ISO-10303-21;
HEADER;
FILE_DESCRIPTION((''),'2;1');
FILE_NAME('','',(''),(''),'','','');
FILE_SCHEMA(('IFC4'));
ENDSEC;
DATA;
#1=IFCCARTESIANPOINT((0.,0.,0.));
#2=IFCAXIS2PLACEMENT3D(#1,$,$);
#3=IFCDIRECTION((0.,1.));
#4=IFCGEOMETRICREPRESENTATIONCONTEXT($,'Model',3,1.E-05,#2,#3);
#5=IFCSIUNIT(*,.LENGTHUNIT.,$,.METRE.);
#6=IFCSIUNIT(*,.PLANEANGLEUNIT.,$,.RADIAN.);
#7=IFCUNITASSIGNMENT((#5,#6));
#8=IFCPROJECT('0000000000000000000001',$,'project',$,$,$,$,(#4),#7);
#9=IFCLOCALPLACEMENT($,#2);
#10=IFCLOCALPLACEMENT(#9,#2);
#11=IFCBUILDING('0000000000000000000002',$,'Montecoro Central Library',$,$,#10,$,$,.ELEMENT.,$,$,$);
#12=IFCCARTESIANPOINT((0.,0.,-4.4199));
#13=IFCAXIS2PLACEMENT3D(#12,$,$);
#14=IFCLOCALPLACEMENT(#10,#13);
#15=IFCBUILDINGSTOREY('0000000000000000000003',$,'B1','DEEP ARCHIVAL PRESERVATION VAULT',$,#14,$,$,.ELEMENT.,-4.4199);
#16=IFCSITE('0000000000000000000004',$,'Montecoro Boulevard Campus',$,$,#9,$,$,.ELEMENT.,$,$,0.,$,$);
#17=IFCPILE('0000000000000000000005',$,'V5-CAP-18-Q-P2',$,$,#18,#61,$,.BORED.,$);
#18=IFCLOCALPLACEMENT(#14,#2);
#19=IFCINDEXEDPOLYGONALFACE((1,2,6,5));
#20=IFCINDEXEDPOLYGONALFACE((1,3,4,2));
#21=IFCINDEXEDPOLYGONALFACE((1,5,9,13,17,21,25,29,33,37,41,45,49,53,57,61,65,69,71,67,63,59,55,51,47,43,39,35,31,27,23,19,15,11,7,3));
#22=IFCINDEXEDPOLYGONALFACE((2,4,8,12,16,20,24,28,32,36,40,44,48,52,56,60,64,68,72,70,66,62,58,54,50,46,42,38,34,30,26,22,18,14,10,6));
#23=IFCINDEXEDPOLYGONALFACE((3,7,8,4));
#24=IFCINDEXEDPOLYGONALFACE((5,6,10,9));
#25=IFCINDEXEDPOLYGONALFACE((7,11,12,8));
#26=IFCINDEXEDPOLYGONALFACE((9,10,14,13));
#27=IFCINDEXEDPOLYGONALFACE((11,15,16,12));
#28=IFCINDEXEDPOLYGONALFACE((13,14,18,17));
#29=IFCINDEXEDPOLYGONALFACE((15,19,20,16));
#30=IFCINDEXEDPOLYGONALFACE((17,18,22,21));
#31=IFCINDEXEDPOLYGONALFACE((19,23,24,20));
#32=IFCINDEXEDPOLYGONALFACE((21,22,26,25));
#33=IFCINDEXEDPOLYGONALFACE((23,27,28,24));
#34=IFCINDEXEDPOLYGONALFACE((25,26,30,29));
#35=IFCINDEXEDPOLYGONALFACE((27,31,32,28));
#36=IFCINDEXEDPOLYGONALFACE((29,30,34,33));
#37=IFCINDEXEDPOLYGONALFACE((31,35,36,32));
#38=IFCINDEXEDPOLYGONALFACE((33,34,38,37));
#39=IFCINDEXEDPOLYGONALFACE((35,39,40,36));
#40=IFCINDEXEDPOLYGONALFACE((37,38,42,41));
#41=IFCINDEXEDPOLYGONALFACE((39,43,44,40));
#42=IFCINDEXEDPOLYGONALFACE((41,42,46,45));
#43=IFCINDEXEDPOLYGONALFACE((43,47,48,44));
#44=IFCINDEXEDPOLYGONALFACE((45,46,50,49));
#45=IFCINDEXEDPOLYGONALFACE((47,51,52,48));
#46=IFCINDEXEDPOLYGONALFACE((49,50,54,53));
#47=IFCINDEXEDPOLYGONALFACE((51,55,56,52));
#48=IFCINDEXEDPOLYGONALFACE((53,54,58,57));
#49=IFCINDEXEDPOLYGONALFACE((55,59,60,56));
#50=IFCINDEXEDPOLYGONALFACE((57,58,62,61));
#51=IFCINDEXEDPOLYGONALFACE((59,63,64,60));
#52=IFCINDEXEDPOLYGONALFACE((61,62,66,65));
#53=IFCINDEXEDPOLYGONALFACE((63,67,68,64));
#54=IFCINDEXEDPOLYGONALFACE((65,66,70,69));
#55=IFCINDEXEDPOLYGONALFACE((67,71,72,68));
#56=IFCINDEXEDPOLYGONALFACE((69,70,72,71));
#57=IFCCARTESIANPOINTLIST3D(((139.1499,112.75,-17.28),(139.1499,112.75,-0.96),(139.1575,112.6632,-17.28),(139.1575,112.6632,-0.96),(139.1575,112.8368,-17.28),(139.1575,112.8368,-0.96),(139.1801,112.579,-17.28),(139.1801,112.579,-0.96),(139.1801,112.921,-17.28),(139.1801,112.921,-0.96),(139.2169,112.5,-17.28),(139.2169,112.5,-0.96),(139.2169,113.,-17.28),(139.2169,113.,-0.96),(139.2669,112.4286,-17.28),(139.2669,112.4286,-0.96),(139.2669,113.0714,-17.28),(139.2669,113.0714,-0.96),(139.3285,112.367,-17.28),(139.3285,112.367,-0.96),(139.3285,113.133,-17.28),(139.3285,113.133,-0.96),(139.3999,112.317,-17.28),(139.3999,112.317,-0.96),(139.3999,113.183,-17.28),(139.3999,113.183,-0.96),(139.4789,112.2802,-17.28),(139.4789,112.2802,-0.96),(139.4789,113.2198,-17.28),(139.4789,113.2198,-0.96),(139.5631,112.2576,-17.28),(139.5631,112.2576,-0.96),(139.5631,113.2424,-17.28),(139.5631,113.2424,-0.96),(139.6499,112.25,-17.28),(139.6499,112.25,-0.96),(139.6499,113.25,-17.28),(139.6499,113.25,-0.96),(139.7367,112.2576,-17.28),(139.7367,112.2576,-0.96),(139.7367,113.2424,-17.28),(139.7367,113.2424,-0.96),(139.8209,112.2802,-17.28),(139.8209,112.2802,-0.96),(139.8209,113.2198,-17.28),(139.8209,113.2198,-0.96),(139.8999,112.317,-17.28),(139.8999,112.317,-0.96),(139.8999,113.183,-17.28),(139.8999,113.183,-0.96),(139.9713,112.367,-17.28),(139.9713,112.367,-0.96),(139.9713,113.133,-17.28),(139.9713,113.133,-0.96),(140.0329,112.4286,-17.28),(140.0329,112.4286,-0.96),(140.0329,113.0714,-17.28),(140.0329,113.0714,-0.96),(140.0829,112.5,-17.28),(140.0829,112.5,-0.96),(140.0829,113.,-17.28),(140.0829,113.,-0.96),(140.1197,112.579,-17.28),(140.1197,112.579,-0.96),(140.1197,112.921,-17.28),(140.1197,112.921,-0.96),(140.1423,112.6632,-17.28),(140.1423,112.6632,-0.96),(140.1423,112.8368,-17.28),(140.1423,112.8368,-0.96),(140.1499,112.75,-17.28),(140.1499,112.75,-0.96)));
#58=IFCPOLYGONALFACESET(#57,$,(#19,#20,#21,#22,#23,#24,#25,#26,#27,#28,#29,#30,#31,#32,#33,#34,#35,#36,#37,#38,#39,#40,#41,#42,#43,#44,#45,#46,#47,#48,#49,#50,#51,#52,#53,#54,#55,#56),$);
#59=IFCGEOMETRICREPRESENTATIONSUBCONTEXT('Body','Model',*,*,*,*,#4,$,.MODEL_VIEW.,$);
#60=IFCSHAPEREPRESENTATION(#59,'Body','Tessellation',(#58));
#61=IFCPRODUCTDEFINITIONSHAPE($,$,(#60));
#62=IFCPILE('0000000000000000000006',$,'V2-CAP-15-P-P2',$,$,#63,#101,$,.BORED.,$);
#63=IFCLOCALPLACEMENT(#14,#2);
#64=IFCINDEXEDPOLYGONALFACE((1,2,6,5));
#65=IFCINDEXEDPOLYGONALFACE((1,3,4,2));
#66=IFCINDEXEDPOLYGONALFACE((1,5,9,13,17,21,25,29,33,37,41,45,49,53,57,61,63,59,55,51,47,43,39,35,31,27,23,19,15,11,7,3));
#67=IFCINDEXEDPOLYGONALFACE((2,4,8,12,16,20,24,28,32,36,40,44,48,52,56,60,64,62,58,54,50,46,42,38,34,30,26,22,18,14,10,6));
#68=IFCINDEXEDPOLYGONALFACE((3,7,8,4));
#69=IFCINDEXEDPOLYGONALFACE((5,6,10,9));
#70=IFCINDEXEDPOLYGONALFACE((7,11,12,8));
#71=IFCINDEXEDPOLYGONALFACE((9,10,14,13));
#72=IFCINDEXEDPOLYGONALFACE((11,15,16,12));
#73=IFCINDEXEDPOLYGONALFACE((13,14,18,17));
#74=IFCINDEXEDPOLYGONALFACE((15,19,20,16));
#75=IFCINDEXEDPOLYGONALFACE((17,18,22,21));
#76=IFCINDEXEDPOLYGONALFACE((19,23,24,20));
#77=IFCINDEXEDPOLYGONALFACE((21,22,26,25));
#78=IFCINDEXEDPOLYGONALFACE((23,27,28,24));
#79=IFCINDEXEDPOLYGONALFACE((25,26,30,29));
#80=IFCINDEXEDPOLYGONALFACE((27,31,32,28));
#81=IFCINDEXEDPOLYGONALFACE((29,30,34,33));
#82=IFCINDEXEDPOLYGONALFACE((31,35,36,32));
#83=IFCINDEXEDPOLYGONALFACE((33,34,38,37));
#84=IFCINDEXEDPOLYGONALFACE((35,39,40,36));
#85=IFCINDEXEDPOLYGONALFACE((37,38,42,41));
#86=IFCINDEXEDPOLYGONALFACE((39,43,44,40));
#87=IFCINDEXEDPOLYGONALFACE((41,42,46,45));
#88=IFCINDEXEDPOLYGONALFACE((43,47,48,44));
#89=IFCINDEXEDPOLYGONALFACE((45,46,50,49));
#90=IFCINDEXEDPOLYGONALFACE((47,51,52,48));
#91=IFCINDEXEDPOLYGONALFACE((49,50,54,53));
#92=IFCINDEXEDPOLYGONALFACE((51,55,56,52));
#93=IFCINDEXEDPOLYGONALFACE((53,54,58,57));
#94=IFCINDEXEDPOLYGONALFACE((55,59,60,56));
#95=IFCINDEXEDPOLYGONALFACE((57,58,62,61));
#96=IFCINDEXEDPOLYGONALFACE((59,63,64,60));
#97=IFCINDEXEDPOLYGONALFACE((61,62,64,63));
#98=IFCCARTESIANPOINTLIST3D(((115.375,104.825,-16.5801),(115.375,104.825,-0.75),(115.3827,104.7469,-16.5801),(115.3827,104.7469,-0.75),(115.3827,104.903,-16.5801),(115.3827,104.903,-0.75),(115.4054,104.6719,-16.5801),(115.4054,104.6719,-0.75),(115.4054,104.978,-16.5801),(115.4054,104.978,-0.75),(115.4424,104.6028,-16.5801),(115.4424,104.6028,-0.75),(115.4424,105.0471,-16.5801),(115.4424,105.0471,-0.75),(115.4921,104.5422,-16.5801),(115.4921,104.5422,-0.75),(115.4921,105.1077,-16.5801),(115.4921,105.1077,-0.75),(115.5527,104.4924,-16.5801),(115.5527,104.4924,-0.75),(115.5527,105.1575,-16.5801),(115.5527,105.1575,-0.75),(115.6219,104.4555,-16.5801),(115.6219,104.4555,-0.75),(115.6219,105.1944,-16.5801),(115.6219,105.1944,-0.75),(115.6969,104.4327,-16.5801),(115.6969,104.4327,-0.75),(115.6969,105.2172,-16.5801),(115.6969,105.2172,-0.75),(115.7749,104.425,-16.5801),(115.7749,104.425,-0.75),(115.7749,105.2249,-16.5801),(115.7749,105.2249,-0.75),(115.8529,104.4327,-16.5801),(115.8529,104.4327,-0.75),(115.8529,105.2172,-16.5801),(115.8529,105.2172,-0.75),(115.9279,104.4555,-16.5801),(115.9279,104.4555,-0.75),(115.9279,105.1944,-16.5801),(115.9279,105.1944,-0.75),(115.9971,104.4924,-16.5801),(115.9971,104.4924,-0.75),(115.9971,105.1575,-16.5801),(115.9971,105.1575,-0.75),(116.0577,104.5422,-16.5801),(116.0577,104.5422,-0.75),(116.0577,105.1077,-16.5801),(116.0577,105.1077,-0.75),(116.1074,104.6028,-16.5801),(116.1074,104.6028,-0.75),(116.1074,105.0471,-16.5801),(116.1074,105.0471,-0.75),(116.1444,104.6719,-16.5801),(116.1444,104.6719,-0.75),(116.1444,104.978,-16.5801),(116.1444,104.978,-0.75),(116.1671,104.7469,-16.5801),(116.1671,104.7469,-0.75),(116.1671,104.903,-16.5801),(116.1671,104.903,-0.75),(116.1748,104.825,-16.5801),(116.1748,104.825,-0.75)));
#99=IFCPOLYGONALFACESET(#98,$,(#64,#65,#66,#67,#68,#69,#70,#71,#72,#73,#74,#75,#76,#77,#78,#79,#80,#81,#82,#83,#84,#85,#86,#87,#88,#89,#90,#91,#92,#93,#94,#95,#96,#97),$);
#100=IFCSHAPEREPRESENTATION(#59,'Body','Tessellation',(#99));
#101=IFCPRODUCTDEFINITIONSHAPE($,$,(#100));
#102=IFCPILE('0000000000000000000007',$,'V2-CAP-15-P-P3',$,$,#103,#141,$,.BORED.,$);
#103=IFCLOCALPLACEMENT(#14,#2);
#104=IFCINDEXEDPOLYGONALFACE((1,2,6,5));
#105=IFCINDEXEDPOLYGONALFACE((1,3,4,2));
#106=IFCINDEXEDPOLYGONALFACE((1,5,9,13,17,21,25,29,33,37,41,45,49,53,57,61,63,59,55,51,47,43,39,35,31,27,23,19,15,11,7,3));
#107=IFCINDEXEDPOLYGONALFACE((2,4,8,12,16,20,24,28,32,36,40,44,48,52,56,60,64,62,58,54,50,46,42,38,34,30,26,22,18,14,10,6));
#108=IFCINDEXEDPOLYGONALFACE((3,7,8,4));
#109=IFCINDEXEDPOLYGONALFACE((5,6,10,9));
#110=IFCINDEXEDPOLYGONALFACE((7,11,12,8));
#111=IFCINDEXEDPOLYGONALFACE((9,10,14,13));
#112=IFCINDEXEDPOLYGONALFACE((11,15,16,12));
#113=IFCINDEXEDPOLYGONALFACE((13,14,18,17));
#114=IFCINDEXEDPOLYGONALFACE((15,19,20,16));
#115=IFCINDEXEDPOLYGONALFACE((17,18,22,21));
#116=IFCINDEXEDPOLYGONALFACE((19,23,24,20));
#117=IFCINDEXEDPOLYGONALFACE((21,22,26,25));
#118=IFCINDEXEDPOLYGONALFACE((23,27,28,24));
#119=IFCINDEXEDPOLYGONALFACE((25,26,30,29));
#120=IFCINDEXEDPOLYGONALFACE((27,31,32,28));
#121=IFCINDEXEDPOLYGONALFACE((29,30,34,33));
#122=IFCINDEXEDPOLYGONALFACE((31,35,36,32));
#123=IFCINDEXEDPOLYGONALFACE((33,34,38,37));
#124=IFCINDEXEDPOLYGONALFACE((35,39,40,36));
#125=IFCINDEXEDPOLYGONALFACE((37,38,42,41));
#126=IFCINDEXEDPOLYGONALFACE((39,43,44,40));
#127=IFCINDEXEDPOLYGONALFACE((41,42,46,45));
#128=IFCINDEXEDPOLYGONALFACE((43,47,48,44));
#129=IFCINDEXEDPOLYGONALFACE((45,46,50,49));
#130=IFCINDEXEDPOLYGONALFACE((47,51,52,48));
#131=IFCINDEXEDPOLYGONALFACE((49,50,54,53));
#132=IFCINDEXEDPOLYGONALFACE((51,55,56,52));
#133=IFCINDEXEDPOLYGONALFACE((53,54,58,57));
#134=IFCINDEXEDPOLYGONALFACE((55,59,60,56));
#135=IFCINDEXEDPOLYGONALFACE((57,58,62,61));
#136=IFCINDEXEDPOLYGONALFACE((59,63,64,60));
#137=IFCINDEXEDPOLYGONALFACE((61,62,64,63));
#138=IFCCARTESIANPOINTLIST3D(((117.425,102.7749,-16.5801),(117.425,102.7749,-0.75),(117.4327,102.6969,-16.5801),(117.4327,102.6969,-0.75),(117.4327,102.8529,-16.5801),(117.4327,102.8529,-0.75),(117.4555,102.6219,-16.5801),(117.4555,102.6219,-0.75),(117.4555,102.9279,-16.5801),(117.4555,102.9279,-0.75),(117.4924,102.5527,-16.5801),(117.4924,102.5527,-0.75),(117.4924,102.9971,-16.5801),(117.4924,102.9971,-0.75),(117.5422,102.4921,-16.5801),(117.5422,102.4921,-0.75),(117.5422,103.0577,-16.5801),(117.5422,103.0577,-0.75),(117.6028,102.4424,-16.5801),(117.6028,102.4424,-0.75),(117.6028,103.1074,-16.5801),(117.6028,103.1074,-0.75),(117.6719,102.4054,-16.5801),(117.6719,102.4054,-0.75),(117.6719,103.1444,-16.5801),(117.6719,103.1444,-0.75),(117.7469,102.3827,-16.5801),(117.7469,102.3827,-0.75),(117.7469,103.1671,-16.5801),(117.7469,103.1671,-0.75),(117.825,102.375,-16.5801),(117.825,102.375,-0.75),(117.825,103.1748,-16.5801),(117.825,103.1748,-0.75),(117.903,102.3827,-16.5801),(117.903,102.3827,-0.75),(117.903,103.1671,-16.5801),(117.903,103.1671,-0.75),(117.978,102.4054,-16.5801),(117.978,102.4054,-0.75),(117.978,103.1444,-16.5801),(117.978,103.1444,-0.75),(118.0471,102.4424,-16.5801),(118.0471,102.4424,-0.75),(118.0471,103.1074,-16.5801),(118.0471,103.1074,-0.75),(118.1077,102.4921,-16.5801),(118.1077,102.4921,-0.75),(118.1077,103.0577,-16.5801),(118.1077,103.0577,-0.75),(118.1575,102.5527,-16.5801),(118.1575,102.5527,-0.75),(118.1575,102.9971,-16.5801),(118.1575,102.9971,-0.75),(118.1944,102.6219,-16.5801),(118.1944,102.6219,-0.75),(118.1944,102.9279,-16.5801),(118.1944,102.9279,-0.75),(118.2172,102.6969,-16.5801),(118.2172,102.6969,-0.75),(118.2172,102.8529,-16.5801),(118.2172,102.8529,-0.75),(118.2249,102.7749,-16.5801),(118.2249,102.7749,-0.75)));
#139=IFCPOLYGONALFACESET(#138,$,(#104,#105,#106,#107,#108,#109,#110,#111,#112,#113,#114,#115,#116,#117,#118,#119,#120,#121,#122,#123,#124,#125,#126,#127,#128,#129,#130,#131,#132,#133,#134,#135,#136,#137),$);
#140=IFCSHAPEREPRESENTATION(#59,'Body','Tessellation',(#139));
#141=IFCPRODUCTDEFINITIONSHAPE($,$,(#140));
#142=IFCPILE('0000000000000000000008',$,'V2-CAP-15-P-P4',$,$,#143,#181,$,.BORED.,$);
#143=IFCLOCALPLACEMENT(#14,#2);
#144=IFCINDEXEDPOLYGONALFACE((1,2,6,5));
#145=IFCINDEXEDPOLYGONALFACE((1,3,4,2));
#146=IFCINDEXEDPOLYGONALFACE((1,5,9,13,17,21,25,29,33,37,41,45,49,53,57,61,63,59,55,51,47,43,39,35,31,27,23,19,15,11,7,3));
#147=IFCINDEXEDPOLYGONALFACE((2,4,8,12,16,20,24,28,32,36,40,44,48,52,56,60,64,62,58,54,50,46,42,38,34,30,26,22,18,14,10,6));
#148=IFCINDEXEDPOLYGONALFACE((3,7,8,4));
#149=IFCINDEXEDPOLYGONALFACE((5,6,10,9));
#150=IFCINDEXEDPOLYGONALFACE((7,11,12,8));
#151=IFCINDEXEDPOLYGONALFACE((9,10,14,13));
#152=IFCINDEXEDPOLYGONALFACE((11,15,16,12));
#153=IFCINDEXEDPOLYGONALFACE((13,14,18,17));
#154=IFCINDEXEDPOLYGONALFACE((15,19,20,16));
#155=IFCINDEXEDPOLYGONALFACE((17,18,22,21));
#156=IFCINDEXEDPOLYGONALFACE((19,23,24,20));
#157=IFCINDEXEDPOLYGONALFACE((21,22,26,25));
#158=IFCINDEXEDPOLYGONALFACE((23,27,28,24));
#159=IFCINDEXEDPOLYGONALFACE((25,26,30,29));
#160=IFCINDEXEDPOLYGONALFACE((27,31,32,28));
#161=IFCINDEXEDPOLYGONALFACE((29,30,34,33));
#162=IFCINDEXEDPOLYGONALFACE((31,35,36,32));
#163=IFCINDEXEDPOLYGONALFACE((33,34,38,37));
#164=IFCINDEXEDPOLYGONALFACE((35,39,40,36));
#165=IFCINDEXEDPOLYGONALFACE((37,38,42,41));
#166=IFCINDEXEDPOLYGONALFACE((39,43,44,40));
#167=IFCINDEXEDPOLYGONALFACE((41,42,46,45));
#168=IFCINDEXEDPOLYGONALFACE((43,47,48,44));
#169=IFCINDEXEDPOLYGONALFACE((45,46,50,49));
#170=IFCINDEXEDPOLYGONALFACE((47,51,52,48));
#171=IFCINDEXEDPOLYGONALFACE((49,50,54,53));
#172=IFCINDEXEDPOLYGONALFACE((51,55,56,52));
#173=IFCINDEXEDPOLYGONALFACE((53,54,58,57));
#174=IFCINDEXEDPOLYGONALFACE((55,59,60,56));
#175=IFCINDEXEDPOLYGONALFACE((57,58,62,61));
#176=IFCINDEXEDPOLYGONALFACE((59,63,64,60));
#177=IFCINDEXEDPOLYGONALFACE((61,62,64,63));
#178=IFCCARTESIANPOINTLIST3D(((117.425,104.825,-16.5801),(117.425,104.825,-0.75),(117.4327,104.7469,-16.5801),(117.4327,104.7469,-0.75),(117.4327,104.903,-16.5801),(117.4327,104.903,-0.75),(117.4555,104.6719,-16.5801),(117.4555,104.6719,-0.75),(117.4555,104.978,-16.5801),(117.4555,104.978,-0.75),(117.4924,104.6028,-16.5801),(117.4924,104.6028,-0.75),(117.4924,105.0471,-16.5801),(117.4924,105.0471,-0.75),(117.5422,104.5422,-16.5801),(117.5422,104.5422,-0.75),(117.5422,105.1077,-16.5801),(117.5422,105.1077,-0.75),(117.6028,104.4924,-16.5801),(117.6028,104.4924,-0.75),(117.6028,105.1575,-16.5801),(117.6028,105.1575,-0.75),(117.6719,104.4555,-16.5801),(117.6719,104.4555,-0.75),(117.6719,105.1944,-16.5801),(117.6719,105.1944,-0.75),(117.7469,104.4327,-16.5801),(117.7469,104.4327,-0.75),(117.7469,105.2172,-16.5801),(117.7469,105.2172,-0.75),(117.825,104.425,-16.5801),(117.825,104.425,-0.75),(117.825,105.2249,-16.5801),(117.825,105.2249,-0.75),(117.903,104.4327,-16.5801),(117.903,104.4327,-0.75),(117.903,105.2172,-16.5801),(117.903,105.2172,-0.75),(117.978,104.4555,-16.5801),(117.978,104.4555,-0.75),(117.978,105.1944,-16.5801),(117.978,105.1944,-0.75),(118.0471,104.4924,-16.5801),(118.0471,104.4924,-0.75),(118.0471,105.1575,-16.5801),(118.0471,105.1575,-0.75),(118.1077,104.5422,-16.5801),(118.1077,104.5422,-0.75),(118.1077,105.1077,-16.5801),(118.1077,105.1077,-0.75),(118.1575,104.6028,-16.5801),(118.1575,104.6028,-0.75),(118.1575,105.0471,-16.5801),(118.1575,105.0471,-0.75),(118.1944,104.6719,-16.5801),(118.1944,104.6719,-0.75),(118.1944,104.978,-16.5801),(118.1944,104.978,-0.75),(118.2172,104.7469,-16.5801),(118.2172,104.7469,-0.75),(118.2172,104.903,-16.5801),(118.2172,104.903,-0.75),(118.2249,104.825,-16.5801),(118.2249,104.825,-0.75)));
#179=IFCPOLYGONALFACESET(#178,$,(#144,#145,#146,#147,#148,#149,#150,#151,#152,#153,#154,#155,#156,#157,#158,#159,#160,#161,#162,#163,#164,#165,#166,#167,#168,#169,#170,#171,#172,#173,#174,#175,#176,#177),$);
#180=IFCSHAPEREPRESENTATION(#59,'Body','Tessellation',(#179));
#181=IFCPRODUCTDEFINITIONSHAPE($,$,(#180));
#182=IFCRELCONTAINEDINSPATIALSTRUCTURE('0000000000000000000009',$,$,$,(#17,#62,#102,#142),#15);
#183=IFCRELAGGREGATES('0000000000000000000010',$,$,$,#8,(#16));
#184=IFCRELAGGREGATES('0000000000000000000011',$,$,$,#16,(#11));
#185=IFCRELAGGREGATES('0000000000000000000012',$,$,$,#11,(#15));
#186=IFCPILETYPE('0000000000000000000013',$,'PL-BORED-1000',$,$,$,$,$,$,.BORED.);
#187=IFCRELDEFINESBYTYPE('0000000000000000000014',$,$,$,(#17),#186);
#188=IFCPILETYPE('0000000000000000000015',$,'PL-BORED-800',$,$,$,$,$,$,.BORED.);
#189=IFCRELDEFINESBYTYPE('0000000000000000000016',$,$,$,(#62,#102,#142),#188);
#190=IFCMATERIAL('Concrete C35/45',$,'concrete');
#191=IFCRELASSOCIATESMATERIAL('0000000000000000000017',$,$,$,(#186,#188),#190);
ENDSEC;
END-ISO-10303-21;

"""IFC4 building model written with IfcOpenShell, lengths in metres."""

from ifc_helpers import new_model, si_unit, direction, frame, origin, origin_2d, place, context, subcontext, project, spatial, circle, extrude, material, material_profile, profile_set, type_object, element, save


model = new_model("IFC4")

# Units and contexts
model_context = context("Model", 3, precision=1e-05, world=origin(), true_north=direction((0.0, 1.0)))
body_context = subcontext(model_context, "Body", "Model", "MODEL_VIEW")
ifc_project = project(units=[si_unit("LENGTHUNIT", "METRE"), si_unit("PLANEANGLEUNIT", "RADIAN")], contexts=[model_context])

# Site, building, storey
site_placement = place(None, origin())
site = spatial("IfcSite", under=ifc_project, at=site_placement, Name="Montecoro Boulevard Campus", CompositionType="ELEMENT", RefElevation=0.0)
building_placement = place(site_placement, origin())
building = spatial("IfcBuilding", under=site, at=building_placement, Name="Montecoro Central Library", CompositionType="ELEMENT")
storey_placement = place(building_placement, frame((0.0, 0.0, -4.4199)))
storey = spatial("IfcBuildingStorey", under=building, at=storey_placement, Name="B1", Description="DEEP ARCHIVAL PRESERVATION VAULT", CompositionType="ELEMENT", Elevation=-4.4199)

# Shared definitions
ifc_material_1 = material(Name="Concrete C35/45", Category="concrete")

# Piles
ifc_material_profile_1 = material_profile(ifc_material_1, circle(Radius=0.5, at=origin_2d()), Name="PILE D1000")
ifc_profile_set_1 = profile_set([ifc_material_profile_1], Name="Concrete C35/45")
pile_type_1 = type_object("IfcPileType", Name="PL-BORED-1000", PredefinedType="BORED", material=ifc_profile_set_1)
for number, where, z_axis, x_axis, name in (
    (1, (139.6499, 112.75, -0.96), (0.0, 0.0, -1.0), (1.0, 0.0, 0.0), "V5-CAP-18-Q-P2"),
):
    element("IfcPile", number, at=place(storey_placement, frame(where, z_axis=z_axis, x_axis=x_axis)), inside=storey, type_object=pile_type_1, Name=name, PredefinedType="BORED", context=body_context, shape_type="SweptSolid", body=[
        extrude(circle(Radius=0.5, at=origin_2d()), origin(), (0.0, 0.0, 1.0), 16.3201),
    ])
ifc_material_profile_2 = material_profile(ifc_material_1, circle(Radius=0.3999, at=origin_2d()), Name="PILE D800")
ifc_profile_set_2 = profile_set([ifc_material_profile_2], Name="Concrete C35/45")
pile_type_2 = type_object("IfcPileType", Name="PL-BORED-800", PredefinedType="BORED", material=ifc_profile_set_2)
for number, where, z_axis, x_axis, name in (
    (2, (115.7749, 104.825, -0.75), (0.0, 0.0, -1.0), (1.0, 0.0, 0.0), "V2-CAP-15-P-P2"),
    (3, (117.825, 102.7749, -0.75), (0.0, 0.0, -1.0), (1.0, 0.0, 0.0), "V2-CAP-15-P-P3"),
    (4, (117.825, 104.825, -0.75), (0.0, 0.0, -1.0), (1.0, 0.0, 0.0), "V2-CAP-15-P-P4"),
):
    element("IfcPile", number, at=place(storey_placement, frame(where, z_axis=z_axis, x_axis=x_axis)), inside=storey, type_object=pile_type_2, Name=name, PredefinedType="BORED", context=body_context, shape_type="SweptSolid", body=[
        extrude(circle(Radius=0.3999, at=origin_2d()), origin(), (0.0, 0.0, 1.0), 15.8301),
    ])

save(model, "model.ifc")
